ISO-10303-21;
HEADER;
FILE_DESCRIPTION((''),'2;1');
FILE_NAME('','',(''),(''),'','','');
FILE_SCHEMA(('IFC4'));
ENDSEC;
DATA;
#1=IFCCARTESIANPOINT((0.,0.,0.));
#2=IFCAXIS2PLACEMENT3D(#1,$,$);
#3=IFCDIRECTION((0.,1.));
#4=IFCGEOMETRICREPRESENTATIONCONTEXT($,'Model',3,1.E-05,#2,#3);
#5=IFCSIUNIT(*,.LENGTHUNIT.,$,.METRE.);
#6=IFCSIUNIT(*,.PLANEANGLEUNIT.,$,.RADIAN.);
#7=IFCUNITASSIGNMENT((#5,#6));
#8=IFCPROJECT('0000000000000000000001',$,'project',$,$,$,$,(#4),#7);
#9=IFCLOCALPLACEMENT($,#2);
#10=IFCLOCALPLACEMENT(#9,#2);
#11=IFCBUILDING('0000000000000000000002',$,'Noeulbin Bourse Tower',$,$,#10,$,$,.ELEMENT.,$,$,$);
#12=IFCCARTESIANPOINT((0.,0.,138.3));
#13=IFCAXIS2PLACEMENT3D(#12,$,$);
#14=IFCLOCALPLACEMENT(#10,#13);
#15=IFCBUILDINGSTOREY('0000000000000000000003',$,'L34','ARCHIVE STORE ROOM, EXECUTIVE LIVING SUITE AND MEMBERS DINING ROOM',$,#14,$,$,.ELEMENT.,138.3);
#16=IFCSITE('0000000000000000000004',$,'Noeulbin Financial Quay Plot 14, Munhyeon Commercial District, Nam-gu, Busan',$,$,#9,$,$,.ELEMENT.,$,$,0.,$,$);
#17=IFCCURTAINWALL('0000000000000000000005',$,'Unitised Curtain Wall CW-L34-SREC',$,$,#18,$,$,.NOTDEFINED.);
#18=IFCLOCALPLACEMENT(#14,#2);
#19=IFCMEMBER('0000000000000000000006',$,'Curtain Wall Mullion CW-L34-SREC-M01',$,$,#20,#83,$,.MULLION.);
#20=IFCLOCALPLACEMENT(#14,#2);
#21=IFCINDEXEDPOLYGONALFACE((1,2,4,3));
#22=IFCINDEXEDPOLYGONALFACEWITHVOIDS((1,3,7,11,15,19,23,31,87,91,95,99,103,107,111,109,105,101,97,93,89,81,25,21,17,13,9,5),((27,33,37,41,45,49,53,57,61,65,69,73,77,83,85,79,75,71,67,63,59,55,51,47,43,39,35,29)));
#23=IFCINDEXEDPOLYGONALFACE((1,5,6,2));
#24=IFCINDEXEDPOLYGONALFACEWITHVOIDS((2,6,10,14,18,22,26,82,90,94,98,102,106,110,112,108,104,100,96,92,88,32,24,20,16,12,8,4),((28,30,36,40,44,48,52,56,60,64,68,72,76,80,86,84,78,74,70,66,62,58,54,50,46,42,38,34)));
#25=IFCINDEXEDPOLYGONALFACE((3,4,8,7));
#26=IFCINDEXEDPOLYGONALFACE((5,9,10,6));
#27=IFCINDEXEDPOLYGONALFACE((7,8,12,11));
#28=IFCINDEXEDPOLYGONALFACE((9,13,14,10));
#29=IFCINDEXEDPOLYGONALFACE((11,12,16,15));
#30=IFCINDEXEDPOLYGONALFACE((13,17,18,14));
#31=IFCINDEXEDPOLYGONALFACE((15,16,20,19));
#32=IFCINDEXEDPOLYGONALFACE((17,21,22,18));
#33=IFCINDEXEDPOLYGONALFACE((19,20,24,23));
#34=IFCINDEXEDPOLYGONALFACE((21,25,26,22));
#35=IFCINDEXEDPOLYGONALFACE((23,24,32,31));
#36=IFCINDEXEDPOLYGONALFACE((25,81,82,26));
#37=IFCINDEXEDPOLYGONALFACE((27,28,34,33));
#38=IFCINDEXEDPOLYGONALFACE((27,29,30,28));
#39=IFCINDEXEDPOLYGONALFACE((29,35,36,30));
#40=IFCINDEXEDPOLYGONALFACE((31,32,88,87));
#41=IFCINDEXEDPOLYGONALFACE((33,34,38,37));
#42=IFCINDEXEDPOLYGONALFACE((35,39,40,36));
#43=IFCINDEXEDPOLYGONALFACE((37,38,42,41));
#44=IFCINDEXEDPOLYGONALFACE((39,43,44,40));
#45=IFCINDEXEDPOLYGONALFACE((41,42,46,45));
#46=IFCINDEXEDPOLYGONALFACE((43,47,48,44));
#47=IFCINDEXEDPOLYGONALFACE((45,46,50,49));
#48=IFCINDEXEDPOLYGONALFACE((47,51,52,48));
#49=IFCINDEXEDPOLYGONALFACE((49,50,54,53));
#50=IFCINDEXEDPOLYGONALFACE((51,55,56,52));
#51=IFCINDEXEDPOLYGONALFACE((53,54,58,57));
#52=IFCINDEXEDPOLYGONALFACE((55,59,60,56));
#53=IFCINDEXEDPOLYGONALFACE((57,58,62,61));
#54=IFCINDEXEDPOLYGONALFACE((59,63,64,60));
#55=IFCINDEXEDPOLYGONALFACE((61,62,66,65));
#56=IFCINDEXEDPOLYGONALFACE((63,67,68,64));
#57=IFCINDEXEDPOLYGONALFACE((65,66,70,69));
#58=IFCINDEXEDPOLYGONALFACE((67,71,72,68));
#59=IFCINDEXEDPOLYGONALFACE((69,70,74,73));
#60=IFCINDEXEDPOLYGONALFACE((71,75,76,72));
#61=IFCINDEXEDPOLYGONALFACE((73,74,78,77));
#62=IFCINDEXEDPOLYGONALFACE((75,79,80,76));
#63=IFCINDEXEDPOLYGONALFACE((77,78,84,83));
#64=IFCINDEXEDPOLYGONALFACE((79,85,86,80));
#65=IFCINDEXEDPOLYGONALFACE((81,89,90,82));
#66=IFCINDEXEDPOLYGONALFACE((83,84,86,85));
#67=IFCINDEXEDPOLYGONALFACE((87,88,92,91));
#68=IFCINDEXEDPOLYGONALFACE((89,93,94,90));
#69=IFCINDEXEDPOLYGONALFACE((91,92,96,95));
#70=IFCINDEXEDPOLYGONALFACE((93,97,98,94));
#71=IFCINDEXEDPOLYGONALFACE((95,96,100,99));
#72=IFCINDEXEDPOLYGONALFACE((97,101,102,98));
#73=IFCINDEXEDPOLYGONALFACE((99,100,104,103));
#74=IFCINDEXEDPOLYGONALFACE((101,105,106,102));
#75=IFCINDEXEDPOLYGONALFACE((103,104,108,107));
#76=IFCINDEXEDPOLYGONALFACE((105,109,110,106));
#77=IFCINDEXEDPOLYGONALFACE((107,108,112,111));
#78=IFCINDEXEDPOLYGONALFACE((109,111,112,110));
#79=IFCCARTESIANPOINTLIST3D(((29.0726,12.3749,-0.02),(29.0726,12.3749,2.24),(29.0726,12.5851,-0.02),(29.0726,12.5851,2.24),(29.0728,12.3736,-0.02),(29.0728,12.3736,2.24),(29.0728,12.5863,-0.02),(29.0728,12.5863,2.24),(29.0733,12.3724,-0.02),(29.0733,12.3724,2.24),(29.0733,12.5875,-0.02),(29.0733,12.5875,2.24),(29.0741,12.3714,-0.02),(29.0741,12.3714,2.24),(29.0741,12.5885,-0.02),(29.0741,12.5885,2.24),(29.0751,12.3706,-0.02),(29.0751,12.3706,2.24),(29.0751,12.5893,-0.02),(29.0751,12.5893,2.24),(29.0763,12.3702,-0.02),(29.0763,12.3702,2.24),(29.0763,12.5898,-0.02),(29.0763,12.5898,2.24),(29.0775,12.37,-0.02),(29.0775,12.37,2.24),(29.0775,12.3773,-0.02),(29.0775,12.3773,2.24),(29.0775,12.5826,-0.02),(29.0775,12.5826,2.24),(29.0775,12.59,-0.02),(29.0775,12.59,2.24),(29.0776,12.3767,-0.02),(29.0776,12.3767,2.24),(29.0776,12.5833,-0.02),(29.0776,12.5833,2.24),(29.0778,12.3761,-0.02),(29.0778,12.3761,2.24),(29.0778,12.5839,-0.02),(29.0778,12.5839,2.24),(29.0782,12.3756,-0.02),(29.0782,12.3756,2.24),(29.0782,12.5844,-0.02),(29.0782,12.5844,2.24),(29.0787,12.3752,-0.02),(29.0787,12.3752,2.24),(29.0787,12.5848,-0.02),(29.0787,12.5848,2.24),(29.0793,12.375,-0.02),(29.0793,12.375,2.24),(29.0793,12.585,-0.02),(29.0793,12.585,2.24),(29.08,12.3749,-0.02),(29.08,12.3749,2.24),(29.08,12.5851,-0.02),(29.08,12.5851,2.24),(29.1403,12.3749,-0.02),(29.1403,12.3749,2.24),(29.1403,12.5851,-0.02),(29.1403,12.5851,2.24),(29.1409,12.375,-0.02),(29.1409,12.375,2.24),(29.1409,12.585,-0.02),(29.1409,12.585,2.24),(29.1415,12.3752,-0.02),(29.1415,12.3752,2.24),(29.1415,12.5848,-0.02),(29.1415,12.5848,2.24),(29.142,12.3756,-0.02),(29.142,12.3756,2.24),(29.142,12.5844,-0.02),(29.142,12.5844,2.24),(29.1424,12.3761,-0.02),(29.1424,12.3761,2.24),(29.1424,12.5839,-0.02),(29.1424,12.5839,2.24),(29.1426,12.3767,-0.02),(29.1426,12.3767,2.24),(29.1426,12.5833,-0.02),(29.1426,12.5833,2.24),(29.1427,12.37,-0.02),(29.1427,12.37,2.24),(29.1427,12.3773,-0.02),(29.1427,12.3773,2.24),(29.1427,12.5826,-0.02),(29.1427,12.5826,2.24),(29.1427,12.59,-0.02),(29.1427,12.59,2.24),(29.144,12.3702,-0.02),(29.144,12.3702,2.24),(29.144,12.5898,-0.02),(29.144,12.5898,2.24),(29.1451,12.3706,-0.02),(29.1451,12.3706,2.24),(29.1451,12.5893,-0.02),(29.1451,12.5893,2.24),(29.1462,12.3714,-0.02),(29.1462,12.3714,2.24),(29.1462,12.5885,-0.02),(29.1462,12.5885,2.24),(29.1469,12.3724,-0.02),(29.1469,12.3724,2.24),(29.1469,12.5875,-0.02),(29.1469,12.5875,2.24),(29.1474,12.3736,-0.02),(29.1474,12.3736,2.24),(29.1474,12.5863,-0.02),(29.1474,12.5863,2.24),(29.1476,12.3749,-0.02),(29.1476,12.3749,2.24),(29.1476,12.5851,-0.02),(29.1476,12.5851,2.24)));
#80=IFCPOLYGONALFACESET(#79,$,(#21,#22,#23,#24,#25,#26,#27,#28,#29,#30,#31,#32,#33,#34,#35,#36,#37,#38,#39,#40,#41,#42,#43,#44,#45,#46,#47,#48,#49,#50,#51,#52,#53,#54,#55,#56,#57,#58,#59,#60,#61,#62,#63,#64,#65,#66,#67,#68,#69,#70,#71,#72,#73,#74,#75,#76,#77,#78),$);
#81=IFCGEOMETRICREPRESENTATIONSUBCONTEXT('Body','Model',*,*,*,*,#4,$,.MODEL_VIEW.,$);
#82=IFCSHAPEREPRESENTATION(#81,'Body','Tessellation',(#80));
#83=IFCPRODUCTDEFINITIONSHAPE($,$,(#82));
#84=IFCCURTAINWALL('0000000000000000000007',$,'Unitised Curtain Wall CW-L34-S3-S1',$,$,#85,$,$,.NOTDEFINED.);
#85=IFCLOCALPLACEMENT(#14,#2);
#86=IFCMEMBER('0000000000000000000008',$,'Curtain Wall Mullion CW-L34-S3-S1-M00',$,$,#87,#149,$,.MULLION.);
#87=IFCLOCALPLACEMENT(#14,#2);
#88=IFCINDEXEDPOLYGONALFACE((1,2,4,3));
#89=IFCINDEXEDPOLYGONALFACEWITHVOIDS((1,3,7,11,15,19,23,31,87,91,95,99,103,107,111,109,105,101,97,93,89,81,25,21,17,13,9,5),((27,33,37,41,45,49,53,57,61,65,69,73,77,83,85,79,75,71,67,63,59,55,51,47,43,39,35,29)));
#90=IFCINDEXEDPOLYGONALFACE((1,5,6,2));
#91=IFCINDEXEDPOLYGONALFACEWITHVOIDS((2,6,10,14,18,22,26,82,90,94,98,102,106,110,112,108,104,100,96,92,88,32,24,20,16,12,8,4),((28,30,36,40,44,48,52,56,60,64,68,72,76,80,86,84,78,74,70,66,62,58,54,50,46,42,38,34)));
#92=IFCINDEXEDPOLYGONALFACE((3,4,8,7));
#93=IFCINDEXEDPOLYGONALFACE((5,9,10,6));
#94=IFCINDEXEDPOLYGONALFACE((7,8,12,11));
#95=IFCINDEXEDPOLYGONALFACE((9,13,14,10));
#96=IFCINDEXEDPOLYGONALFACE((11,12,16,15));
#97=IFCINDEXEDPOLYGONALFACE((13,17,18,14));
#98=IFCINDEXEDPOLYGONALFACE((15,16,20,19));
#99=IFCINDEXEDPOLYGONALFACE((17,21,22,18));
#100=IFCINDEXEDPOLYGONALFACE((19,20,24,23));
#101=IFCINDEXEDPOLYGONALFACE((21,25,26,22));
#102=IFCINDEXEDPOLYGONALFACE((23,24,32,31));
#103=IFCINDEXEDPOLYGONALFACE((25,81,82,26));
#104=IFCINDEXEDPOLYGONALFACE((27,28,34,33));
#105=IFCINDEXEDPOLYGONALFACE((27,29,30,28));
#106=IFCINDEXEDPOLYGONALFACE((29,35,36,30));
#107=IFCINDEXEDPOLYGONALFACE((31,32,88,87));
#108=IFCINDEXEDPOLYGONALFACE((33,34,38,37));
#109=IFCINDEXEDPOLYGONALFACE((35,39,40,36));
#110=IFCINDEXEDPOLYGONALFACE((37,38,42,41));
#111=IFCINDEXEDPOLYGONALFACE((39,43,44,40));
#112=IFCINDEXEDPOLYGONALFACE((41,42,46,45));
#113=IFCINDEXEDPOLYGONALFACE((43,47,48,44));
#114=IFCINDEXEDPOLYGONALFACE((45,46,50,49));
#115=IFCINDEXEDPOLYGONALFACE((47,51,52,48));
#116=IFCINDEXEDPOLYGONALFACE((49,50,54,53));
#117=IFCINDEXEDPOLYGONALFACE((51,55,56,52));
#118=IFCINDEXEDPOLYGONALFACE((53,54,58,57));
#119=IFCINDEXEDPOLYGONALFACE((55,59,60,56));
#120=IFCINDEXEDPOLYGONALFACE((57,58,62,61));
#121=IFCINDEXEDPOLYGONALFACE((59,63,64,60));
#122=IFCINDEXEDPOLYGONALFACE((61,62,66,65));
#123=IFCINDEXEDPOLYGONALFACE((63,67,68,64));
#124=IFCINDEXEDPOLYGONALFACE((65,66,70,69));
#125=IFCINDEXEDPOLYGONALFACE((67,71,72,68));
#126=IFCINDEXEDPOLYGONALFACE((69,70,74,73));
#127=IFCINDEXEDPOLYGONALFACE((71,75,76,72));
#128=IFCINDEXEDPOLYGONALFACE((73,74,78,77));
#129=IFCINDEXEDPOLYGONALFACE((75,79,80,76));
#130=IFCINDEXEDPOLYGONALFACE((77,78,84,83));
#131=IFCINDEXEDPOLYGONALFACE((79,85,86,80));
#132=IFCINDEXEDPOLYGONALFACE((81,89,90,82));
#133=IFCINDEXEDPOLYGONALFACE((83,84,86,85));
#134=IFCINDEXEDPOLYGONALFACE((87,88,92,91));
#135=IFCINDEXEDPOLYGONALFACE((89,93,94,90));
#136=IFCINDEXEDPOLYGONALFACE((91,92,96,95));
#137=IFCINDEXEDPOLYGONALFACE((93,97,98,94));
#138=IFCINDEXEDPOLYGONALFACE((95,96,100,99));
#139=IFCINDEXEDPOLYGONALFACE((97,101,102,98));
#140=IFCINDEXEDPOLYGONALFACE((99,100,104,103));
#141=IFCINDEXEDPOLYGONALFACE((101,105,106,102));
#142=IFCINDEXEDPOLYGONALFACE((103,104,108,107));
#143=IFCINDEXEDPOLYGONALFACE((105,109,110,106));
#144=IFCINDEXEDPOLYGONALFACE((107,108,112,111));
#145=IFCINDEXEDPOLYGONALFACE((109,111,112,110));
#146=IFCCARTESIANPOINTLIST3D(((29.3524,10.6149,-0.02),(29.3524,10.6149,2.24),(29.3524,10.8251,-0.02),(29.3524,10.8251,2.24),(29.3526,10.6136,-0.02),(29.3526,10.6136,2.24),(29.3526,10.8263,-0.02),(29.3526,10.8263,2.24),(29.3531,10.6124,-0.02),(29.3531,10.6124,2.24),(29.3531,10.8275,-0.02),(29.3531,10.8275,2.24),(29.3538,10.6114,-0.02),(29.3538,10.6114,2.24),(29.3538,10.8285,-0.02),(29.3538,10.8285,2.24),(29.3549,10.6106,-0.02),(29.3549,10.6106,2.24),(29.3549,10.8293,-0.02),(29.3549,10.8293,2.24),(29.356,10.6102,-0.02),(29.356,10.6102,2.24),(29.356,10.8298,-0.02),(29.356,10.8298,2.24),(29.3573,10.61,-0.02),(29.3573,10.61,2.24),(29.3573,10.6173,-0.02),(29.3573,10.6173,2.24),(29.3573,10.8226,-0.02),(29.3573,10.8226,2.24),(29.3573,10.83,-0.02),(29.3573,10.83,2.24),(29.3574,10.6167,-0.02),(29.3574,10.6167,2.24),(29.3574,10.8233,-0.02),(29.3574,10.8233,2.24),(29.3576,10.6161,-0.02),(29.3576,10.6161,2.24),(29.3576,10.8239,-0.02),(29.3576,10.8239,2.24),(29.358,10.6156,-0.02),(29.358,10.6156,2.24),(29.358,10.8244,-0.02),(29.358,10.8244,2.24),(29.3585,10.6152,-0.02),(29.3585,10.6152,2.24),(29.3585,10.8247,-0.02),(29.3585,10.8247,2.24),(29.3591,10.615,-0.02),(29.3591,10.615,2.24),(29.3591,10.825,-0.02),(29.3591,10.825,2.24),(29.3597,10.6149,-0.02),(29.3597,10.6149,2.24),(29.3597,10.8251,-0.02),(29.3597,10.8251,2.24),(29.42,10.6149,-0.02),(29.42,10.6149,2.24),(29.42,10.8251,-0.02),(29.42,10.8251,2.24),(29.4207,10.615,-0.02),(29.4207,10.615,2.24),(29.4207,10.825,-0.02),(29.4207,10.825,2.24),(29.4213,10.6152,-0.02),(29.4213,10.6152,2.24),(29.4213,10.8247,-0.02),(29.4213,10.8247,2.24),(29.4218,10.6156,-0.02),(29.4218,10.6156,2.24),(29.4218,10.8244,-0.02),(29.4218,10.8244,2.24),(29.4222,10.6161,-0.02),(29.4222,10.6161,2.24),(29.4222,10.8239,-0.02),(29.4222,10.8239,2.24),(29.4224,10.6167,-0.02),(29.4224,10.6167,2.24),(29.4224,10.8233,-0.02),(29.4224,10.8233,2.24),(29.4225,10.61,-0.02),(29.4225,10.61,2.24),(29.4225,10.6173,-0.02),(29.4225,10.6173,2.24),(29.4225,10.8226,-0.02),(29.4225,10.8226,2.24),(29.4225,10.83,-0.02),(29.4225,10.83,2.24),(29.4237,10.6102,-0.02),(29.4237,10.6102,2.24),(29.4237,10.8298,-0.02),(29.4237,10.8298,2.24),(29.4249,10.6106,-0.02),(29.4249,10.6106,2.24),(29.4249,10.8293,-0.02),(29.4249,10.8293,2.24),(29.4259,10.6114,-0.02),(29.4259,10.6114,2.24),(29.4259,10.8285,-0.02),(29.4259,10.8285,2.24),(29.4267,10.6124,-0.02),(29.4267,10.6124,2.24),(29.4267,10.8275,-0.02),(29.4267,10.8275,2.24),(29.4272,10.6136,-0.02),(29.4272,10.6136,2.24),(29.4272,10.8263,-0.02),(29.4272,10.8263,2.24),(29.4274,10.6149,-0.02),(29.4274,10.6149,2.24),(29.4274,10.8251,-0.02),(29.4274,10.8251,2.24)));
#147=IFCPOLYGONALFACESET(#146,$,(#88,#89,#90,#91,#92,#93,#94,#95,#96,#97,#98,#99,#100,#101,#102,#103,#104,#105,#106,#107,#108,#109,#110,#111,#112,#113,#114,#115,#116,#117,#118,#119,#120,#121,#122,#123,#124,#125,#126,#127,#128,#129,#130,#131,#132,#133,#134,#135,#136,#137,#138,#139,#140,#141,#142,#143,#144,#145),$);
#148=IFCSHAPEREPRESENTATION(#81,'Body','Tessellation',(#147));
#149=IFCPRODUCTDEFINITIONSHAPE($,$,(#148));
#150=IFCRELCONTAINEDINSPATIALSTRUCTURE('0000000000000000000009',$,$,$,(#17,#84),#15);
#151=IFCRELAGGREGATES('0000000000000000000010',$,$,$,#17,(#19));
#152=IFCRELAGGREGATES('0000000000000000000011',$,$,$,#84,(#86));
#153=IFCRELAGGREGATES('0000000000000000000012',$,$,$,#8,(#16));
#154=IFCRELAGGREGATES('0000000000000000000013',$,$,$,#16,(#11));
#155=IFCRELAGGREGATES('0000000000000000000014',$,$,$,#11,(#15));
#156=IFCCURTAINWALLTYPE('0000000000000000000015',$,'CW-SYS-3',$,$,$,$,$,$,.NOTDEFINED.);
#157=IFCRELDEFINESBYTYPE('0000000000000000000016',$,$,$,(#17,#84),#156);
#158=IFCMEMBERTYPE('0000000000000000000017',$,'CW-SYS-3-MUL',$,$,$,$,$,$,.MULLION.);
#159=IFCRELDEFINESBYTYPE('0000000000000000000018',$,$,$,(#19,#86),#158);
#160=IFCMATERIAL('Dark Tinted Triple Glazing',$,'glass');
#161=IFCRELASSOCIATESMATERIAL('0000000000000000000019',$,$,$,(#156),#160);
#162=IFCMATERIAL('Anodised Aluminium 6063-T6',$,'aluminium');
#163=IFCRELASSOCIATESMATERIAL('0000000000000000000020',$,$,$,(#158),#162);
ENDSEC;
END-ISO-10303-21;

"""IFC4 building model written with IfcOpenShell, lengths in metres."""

from ifc_helpers import new_model, si_unit, direction, frame, origin, origin_2d, place, context, subcontext, project, spatial, hollow_rectangle, extrude, material, material_profile, profile_set, type_object, element, aggregate, save


model = new_model("IFC4")

# Units and contexts
model_context = context("Model", 3, precision=1e-05, world=origin(), true_north=direction((0.0, 1.0)))
body_context = subcontext(model_context, "Body", "Model", "MODEL_VIEW")
ifc_project = project(units=[si_unit("LENGTHUNIT", "METRE"), si_unit("PLANEANGLEUNIT", "RADIAN")], contexts=[model_context])

# Site, building, storey
site_placement = place(None, origin())
site = spatial("IfcSite", under=ifc_project, at=site_placement, Name="Noeulbin Financial Quay Plot 14, Munhyeon Commercial District, Nam-gu, Busan", CompositionType="ELEMENT", RefElevation=0.0)
building_placement = place(site_placement, origin())
building = spatial("IfcBuilding", under=site, at=building_placement, Name="Noeulbin Bourse Tower", CompositionType="ELEMENT")
storey_placement = place(building_placement, frame((0.0, 0.0, 138.3)))
storey = spatial("IfcBuildingStorey", under=building, at=storey_placement, Name="L34", Description="ARCHIVE STORE ROOM, EXECUTIVE LIVING SUITE AND MEMBERS DINING ROOM", CompositionType="ELEMENT", Elevation=138.3)

# Curtain wall, member
ifc_material_1 = material(Name="Dark Tinted Triple Glazing", Category="glass")
curtain_wall_type = type_object("IfcCurtainWallType", Name="CW-SYS-3", PredefinedType="NOTDEFINED", material=ifc_material_1)
curtain_wall_1_placement = place(storey_placement, origin())
curtain_wall_1 = element("IfcCurtainWall", 1, at=curtain_wall_1_placement, inside=storey, type_object=curtain_wall_type, Name="Unitised Curtain Wall CW-L34-SREC", PredefinedType="NOTDEFINED")
ifc_material_2 = material(Name="Anodised Aluminium 6063-T6", Category="aluminium")
ifc_material_profile_1 = material_profile(ifc_material_2, hollow_rectangle(XDim=0.075, YDim=0.22, WallThickness=0.0049, InnerFilletRadius=0.0024, OuterFilletRadius=0.0049, at=origin_2d()), Name="ALU-MULL-75x220x5", Category="LoadBearing")
ifc_profile_set_1 = profile_set([ifc_material_profile_1], Name="Anodised Aluminium 6063-T6")
member_type_1 = type_object("IfcMemberType", Name="CW-SYS-3-MUL", PredefinedType="MULLION", material=ifc_profile_set_1)
member_1_placement = place(storey_placement, frame((29.1101, 12.48, -0.02), z_axis=(0.0, 0.0, 1.0), x_axis=(1.0, 0.0, 0.0)))
member_1 = element("IfcMember", 2, at=member_1_placement, type_object=member_type_1, Name="Curtain Wall Mullion CW-L34-SREC-M01", PredefinedType="MULLION", context=body_context, shape_type="SweptSolid", body=[
    extrude(hollow_rectangle(XDim=0.075, YDim=0.22, WallThickness=0.0049, InnerFilletRadius=0.0024, OuterFilletRadius=0.0049, at=origin_2d()), origin(), (0.0, 0.0, 1.0), 2.26),
])

# Curtain wall, member
curtain_wall_2_placement = place(storey_placement, origin())
curtain_wall_2 = element("IfcCurtainWall", 3, at=curtain_wall_2_placement, inside=storey, type_object=curtain_wall_type, Name="Unitised Curtain Wall CW-L34-S3-S1", PredefinedType="NOTDEFINED")
member_2_placement = place(storey_placement, frame((29.3899, 10.72, -0.02), z_axis=(0.0, 0.0, 1.0), x_axis=(1.0, 0.0, 0.0)))
member_2 = element("IfcMember", 4, at=member_2_placement, type_object=member_type_1, Name="Curtain Wall Mullion CW-L34-S3-S1-M00", PredefinedType="MULLION", context=body_context, shape_type="SweptSolid", body=[
    extrude(hollow_rectangle(XDim=0.075, YDim=0.22, WallThickness=0.0049, InnerFilletRadius=0.0024, OuterFilletRadius=0.0049, at=origin_2d()), origin(), (0.0, 0.0, 1.0), 2.26),
])

aggregate(curtain_wall_1, [member_1])
aggregate(curtain_wall_2, [member_2])

save(model, "model.ifc")
